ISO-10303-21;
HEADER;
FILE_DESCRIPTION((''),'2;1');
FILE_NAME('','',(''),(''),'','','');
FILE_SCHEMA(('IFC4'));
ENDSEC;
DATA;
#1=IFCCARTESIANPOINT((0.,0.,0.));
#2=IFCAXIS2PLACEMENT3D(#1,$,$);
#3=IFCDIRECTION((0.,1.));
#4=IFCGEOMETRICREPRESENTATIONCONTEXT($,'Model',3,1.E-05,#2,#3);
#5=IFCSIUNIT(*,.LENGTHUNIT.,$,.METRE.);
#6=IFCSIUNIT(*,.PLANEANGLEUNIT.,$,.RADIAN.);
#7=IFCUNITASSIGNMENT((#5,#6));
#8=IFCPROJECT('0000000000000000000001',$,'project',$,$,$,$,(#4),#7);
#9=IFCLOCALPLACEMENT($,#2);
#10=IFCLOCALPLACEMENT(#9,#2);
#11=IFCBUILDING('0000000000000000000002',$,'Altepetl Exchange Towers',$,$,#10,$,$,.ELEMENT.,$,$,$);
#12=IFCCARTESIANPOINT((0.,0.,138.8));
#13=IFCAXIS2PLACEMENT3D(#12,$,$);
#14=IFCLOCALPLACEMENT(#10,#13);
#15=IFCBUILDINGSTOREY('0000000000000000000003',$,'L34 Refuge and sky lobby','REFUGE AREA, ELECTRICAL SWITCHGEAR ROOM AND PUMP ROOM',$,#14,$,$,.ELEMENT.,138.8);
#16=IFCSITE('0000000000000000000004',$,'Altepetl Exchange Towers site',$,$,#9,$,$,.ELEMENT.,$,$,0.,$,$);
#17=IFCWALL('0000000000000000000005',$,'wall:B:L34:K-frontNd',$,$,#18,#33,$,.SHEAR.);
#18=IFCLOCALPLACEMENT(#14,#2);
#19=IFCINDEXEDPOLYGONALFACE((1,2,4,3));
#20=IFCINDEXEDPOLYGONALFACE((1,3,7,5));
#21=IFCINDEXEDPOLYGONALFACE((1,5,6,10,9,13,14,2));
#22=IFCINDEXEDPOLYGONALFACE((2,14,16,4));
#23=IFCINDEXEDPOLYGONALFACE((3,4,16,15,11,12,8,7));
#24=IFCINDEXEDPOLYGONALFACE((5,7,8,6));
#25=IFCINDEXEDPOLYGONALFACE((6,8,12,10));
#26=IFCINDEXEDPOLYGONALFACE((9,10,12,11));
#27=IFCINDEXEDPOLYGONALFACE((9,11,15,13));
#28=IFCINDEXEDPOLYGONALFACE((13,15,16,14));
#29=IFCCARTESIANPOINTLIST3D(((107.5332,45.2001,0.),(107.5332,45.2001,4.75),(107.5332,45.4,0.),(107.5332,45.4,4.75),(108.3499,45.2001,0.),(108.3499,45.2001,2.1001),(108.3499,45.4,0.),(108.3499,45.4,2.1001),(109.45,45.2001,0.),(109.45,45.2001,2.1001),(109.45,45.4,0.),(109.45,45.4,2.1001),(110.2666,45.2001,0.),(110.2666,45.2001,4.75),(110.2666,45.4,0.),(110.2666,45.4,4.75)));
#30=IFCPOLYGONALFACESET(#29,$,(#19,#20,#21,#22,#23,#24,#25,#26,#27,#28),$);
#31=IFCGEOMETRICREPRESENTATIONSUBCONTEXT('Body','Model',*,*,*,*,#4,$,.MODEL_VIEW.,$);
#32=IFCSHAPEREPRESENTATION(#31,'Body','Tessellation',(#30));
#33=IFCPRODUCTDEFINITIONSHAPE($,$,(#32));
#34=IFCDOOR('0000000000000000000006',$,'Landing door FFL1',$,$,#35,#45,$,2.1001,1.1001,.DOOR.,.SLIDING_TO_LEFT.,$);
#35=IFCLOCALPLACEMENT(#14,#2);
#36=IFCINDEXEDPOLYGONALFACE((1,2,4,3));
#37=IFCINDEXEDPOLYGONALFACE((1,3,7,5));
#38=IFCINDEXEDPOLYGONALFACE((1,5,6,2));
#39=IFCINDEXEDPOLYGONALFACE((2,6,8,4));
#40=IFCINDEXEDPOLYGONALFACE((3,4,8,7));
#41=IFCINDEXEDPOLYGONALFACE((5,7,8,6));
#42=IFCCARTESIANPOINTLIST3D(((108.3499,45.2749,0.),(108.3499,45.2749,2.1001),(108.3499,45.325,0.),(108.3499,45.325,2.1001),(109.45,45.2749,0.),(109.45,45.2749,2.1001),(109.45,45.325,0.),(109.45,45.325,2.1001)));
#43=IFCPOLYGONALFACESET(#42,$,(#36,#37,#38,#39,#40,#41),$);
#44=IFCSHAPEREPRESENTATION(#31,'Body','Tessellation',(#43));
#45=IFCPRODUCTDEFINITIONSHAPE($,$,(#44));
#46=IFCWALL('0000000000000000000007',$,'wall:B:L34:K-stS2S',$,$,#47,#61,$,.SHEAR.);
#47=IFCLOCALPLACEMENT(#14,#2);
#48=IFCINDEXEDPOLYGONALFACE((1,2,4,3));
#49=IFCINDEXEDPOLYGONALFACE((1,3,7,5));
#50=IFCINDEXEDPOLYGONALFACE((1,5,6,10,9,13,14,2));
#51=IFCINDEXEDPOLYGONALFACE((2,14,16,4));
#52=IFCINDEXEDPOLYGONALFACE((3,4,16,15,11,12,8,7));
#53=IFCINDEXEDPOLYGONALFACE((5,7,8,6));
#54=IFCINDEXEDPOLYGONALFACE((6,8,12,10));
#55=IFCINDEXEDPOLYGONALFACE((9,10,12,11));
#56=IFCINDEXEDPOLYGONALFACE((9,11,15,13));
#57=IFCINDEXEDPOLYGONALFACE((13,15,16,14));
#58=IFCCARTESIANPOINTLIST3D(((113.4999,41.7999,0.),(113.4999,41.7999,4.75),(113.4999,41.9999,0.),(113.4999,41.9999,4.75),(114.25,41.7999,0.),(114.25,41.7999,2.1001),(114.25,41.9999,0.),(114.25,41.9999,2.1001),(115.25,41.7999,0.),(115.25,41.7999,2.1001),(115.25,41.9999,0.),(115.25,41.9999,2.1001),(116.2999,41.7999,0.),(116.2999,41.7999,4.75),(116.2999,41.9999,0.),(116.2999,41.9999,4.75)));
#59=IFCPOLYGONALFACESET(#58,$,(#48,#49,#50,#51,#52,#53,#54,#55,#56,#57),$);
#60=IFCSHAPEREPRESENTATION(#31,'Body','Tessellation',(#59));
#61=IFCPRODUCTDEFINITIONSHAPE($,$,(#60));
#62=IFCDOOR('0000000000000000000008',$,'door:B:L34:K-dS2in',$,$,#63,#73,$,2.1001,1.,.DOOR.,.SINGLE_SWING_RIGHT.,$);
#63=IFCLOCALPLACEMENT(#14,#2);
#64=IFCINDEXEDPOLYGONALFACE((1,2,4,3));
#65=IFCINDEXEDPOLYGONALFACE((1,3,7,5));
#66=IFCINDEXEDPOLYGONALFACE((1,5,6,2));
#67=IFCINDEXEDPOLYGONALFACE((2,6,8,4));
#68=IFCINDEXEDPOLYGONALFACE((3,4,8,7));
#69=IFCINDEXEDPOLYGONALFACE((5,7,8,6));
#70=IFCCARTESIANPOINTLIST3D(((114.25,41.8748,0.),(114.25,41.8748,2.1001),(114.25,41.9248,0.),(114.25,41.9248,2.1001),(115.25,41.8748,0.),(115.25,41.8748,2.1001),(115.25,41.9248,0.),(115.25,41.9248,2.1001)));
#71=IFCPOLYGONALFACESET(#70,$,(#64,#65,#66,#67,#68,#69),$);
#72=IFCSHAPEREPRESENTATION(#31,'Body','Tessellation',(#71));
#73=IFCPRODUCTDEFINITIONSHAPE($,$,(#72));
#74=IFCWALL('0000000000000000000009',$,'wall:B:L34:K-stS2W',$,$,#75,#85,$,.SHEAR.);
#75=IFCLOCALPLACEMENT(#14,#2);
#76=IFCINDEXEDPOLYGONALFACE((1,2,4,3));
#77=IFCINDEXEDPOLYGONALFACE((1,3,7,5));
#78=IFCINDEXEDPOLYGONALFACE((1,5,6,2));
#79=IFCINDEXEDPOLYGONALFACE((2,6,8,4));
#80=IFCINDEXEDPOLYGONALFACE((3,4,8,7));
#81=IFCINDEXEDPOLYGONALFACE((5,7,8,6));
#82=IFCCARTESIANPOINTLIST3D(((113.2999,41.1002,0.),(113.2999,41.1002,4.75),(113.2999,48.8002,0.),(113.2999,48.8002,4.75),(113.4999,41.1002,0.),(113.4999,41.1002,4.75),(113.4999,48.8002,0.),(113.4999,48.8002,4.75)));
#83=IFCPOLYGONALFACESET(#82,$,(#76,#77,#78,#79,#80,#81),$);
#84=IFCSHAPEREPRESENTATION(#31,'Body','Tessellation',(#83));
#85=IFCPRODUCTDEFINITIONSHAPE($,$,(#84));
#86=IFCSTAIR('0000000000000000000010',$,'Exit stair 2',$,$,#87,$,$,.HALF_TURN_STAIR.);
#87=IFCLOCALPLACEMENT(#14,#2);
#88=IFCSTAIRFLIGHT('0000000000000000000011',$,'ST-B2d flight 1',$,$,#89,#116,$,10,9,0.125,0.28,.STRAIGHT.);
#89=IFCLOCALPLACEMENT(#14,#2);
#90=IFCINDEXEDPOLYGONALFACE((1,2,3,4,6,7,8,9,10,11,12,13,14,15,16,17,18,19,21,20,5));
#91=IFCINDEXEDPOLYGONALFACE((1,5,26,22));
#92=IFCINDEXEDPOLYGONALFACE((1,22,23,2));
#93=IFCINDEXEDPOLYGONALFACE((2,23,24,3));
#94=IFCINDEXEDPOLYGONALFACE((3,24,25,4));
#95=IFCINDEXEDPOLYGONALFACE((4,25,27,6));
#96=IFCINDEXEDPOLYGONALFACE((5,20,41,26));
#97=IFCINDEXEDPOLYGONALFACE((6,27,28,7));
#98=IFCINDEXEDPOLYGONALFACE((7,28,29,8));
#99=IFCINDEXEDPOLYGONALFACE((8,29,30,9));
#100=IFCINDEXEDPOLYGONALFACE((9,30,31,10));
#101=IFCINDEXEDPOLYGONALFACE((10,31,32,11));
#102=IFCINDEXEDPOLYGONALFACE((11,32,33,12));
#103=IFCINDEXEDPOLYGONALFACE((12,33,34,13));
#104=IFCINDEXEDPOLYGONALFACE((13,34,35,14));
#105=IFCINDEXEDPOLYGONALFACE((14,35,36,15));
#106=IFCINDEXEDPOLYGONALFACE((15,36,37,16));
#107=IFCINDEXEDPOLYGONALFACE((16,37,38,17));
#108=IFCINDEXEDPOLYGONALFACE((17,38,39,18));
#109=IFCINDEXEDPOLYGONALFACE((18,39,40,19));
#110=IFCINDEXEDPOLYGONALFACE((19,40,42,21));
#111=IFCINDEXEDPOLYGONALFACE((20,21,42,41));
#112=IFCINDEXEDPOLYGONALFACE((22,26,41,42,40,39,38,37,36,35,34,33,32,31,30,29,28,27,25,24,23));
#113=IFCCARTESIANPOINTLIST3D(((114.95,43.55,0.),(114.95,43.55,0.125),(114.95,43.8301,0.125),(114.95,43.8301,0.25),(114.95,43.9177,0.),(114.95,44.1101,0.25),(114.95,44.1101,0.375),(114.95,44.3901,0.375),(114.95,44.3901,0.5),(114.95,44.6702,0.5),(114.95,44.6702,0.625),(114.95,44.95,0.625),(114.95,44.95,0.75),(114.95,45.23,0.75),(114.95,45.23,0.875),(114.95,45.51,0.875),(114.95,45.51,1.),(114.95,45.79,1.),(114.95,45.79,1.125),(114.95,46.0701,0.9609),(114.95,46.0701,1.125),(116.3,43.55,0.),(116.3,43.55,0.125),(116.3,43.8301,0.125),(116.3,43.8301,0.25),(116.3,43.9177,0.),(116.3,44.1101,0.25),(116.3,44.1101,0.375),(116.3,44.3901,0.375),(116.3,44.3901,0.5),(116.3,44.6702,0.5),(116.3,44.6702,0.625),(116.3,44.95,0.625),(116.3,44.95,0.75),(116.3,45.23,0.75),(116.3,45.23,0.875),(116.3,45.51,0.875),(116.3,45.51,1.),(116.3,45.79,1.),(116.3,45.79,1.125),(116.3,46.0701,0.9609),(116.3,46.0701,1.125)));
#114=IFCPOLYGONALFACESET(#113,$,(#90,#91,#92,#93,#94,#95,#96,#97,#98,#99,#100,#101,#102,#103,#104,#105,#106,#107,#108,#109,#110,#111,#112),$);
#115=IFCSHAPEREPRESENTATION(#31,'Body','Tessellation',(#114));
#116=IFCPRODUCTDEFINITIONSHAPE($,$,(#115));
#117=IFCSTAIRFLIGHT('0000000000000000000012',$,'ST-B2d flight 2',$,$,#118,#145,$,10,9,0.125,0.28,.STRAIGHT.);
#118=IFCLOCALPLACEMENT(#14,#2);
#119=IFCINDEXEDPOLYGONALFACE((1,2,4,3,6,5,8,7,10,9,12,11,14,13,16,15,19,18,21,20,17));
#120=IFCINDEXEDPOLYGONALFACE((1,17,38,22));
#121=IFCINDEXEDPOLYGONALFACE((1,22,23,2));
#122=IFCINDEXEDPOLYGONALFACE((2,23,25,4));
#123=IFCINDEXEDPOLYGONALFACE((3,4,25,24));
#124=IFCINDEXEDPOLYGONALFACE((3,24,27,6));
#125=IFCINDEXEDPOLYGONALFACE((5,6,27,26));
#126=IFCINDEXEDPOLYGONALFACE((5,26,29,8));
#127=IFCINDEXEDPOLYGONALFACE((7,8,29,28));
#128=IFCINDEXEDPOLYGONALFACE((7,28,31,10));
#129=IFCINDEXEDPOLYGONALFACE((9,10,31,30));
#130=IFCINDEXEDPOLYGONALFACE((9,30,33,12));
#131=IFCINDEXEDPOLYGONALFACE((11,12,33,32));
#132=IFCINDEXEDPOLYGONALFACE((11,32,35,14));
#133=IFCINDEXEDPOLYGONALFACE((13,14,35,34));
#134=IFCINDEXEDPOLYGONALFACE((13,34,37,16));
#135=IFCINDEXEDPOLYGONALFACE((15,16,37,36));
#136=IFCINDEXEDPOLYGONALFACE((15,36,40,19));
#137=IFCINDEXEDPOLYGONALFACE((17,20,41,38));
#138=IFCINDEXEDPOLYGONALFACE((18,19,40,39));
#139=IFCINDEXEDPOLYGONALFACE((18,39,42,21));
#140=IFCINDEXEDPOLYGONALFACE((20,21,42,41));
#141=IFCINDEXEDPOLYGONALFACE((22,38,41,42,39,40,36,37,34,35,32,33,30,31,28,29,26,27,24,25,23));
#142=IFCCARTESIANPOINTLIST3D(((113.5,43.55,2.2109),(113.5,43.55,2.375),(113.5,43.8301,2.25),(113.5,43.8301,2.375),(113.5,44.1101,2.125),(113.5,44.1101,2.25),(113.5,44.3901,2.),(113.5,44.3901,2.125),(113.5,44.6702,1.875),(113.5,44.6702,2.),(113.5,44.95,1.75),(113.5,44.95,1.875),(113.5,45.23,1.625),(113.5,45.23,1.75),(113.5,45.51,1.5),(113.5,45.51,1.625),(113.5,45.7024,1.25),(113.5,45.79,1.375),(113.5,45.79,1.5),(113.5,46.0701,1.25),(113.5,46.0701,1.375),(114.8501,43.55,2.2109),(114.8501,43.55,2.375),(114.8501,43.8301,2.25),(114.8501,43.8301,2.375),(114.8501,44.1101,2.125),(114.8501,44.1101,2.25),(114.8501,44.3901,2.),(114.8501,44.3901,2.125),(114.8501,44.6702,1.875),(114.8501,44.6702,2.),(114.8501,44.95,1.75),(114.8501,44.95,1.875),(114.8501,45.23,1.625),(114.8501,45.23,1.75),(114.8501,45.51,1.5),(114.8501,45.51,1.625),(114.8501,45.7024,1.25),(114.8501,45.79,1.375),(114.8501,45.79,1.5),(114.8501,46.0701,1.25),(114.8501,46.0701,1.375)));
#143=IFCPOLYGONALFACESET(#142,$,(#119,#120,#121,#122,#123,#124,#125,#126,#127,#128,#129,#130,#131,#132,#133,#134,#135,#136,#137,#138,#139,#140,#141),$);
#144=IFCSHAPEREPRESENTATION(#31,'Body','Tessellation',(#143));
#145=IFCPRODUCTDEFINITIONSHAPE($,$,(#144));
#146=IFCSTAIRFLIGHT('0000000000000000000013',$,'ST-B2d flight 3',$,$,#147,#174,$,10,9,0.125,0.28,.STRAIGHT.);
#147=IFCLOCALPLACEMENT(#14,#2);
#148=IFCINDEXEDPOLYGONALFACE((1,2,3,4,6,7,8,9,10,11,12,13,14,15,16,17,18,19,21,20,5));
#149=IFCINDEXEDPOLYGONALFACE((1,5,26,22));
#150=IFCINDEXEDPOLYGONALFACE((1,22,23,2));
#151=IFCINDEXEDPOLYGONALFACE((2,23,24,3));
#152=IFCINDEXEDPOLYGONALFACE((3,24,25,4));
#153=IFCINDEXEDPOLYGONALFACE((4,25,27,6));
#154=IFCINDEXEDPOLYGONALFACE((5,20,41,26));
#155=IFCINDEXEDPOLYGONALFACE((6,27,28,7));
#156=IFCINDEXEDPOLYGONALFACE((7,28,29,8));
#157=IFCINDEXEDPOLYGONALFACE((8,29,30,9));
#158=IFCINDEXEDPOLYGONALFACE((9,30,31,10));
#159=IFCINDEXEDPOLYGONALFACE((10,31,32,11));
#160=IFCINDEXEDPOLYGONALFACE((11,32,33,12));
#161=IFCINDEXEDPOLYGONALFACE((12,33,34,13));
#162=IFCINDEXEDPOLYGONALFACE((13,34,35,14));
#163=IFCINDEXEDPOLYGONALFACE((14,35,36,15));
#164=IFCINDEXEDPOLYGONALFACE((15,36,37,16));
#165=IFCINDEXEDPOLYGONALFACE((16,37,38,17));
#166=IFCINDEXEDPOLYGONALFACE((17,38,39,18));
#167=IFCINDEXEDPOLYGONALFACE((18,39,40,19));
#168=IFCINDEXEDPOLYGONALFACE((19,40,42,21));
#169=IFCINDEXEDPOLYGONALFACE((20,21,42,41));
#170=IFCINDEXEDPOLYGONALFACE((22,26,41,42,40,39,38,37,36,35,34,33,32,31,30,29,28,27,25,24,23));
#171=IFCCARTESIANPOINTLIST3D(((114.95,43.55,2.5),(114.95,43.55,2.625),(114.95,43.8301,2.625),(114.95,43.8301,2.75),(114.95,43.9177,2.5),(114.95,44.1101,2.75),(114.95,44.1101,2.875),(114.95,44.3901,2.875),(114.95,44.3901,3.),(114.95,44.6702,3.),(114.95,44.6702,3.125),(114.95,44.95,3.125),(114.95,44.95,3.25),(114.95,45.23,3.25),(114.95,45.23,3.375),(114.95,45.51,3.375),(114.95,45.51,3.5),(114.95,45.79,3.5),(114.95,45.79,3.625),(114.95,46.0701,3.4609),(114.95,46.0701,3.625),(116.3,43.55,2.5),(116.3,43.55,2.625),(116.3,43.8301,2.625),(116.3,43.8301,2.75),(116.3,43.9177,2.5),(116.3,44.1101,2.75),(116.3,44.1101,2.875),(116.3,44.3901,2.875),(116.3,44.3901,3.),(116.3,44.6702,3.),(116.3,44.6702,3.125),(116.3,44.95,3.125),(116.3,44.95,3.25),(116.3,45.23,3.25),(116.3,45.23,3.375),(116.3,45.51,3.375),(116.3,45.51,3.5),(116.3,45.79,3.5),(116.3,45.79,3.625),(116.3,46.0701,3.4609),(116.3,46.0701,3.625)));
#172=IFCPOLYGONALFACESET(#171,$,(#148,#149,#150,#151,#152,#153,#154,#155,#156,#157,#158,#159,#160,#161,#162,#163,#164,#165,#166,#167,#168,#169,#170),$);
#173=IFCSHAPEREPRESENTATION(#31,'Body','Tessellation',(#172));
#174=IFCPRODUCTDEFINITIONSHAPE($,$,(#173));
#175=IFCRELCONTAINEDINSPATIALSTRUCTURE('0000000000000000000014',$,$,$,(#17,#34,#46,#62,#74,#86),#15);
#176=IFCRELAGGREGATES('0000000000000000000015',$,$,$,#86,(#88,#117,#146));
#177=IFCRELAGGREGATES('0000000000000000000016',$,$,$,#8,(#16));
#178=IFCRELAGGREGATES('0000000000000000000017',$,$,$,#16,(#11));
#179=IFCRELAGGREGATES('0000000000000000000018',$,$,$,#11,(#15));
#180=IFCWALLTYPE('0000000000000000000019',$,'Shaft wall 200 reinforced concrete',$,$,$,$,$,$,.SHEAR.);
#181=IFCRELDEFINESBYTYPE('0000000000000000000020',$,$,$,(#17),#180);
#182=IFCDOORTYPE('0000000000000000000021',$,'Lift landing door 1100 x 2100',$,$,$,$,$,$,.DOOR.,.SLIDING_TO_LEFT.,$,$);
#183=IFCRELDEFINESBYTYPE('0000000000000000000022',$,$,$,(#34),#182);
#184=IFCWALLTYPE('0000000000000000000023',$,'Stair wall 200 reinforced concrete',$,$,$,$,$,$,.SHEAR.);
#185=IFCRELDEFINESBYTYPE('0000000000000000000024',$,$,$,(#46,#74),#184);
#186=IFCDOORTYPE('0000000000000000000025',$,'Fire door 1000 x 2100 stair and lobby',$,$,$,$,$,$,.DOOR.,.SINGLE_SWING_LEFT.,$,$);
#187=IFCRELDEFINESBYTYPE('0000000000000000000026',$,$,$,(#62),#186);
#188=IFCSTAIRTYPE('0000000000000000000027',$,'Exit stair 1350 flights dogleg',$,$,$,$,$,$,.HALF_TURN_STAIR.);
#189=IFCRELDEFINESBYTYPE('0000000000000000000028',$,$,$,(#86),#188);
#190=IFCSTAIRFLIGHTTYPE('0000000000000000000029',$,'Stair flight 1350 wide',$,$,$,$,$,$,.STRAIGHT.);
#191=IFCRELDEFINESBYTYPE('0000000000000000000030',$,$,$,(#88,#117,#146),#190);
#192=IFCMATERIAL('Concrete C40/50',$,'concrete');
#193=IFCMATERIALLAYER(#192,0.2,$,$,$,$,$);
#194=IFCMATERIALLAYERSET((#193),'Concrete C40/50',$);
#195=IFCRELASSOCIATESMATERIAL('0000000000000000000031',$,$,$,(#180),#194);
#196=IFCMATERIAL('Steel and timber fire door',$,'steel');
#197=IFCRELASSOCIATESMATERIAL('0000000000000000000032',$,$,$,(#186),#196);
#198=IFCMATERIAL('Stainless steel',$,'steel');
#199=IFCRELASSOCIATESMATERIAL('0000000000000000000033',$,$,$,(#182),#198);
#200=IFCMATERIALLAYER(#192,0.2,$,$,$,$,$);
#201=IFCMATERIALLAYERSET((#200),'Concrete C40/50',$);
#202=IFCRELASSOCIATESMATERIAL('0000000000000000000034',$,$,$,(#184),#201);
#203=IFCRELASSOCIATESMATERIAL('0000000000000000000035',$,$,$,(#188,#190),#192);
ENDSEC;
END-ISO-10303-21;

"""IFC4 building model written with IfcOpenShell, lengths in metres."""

from ifc_helpers import new_model, si_unit, direction, frame, frame_2d, origin, place, context, subcontext, project, spatial, polyline, rectangle, outline, extrude, material, layer, layer_set, type_object, element, fill, aggregate, save


model = new_model("IFC4")

# Units and contexts
model_context = context("Model", 3, precision=1e-05, world=origin(), true_north=direction((0.0, 1.0)))
body_context = subcontext(model_context, "Body", "Model", "MODEL_VIEW")
ifc_project = project(units=[si_unit("LENGTHUNIT", "METRE"), si_unit("PLANEANGLEUNIT", "RADIAN")], contexts=[model_context])

# Site, building, storey
site_placement = place(None, origin())
site = spatial("IfcSite", under=ifc_project, at=site_placement, Name="Altepetl Exchange Towers site", CompositionType="ELEMENT", RefElevation=0.0)
building_placement = place(site_placement, origin())
building = spatial("IfcBuilding", under=site, at=building_placement, Name="Altepetl Exchange Towers", CompositionType="ELEMENT")
storey_placement = place(building_placement, frame((0.0, 0.0, 138.8)))
storey = spatial("IfcBuildingStorey", under=building, at=storey_placement, Name="L34 Refuge and sky lobby", Description="REFUGE AREA, ELECTRICAL SWITCHGEAR ROOM AND PUMP ROOM", CompositionType="ELEMENT", Elevation=138.8)

# Shared definitions
ifc_material_1 = material(Name="Concrete C40/50", Category="concrete")
ifc_layer_1 = layer(ifc_material_1, 0.2)
ifc_layer_set_1 = layer_set([ifc_layer_1], Name="Concrete C40/50")
wall_type_1 = type_object("IfcWallType", Name="Shaft wall 200 reinforced concrete", PredefinedType="SHEAR", material=ifc_layer_set_1)

# Walls, openings, doors
ifc_material_2 = material(Name="Steel and timber fire door", Category="steel")
door_type_1 = type_object("IfcDoorType", Name="Fire door 1000 x 2100 stair and lobby", OperationType="SINGLE_SWING_LEFT", PredefinedType="DOOR", material=ifc_material_2)
ifc_material_3 = material(Name="Stainless steel", Category="steel")
wall_1_placement = place(storey_placement, frame((107.5332, 45.3, 0.0)))
wall_1 = element("IfcWall", 1, at=wall_1_placement, inside=storey, type_object=wall_type_1, Name="wall:B:L34:K-frontNd", PredefinedType="SHEAR", context=body_context, shape_type="SweptSolid", body=[
    extrude(rectangle(XDim=2.7334, YDim=0.2, at=frame_2d((1.3667, 0.0))), origin(), (0.0, 0.0, 1.0), 4.75),
])
opening_1_placement = place(wall_1_placement, frame((0.8167, 0.0, 0.0)))
opening_1 = element("IfcOpeningElement", 2, at=opening_1_placement, cuts=wall_1, PredefinedType="OPENING", context=body_context, shape_type="SweptSolid", body=[
    extrude(rectangle(XDim=1.1001, YDim=2.1001, at=frame_2d((0.55, 1.05))), frame((0.0, 0.1099, 0.0), z_axis=(0.0, -1.0, 0.0), x_axis=(1.0, 0.0, 0.0)), (0.0, 0.0, 1.0), 0.22),
])
door_type_2 = type_object("IfcDoorType", Name="Lift landing door 1100 x 2100", OperationType="SLIDING_TO_LEFT", PredefinedType="DOOR", material=ifc_material_3)
door_1_placement = place(opening_1_placement, origin())
door_1 = element("IfcDoor", 3, at=door_1_placement, inside=storey, type_object=door_type_2, Name="Landing door FFL1", OperationType="SLIDING_TO_LEFT", OverallHeight=2.1001, OverallWidth=1.1001, PredefinedType="DOOR", context=body_context, shape_type="SweptSolid", body=[
    extrude(rectangle(XDim=1.1001, YDim=2.1001, at=frame_2d((0.55, 1.05))), frame((0.0, 0.0249, 0.0), z_axis=(0.0, -1.0, 0.0), x_axis=(1.0, 0.0, 0.0)), (0.0, 0.0, 1.0), 0.05),
])
fill(opening_1, door_1)
ifc_layer_2 = layer(ifc_material_1, 0.2)
ifc_layer_set_2 = layer_set([ifc_layer_2], Name="Concrete C40/50")
wall_type_2 = type_object("IfcWallType", Name="Stair wall 200 reinforced concrete", PredefinedType="SHEAR", material=ifc_layer_set_2)
wall_2_placement = place(storey_placement, frame((113.5, 41.8999, 0.0)))
wall_2 = element("IfcWall", 4, at=wall_2_placement, inside=storey, type_object=wall_type_2, Name="wall:B:L34:K-stS2S", PredefinedType="SHEAR", context=body_context, shape_type="SweptSolid", body=[
    extrude(rectangle(XDim=2.8, YDim=0.2, at=frame_2d((1.3999, 0.0))), origin(), (0.0, 0.0, 1.0), 4.75),
])
opening_2_placement = place(wall_2_placement, frame((0.75, 0.0, 0.0)))
opening_2 = element("IfcOpeningElement", 5, at=opening_2_placement, cuts=wall_2, PredefinedType="OPENING", context=body_context, shape_type="SweptSolid", body=[
    extrude(rectangle(XDim=1.0, YDim=2.1001, at=frame_2d((0.5, 1.05))), frame((0.0, 0.1099, 0.0), z_axis=(0.0, -1.0, 0.0), x_axis=(1.0, 0.0, 0.0)), (0.0, 0.0, 1.0), 0.22),
])
door_2_placement = place(opening_2_placement, origin())
door_2 = element("IfcDoor", 6, at=door_2_placement, inside=storey, type_object=door_type_1, Name="door:B:L34:K-dS2in", OperationType="SINGLE_SWING_RIGHT", OverallHeight=2.1001, OverallWidth=1.0, PredefinedType="DOOR", context=body_context, shape_type="SweptSolid", body=[
    extrude(rectangle(XDim=1.0, YDim=2.1001, at=frame_2d((0.5, 1.05))), frame((0.0, 0.0249, 0.0), z_axis=(0.0, -1.0, 0.0), x_axis=(1.0, 0.0, 0.0)), (0.0, 0.0, 1.0), 0.05),
])
fill(opening_2, door_2)

# Wall
wall_3_placement = place(storey_placement, frame((113.3999, 41.1001, 0.0), z_axis=(0.0, 0.0, 1.0), x_axis=(0.0, 1.0, 0.0)))
element("IfcWall", 7, at=wall_3_placement, inside=storey, type_object=wall_type_2, Name="wall:B:L34:K-stS2W", PredefinedType="SHEAR", context=body_context, shape_type="SweptSolid", body=[
    extrude(rectangle(XDim=7.7, YDim=0.2, at=frame_2d((3.8501, 0.0))), origin(), (0.0, 0.0, 1.0), 4.75),
])

# Stair, stair flights
stair_type = type_object("IfcStairType", Name="Exit stair 1350 flights dogleg", PredefinedType="HALF_TURN_STAIR", material=ifc_material_1)
stair_placement = place(storey_placement, origin())
stair = element("IfcStair", 8, at=stair_placement, inside=storey, type_object=stair_type, Name="Exit stair 2", PredefinedType="HALF_TURN_STAIR")
stair_flight_type = type_object("IfcStairFlightType", Name="Stair flight 1350 wide", PredefinedType="STRAIGHT", material=ifc_material_1)
stair_flight_1_placement = place(storey_placement, frame((115.625, 43.55, 0.0), z_axis=(0.0, 0.0, 1.0), x_axis=(0.0, 1.0, 0.0)))
stair_flight_1 = element("IfcStairFlight", 9, at=stair_flight_1_placement, type_object=stair_flight_type, Name="ST-B2d flight 1", NumberOfRisers=10, NumberOfTreads=9, PredefinedType="STRAIGHT", RiserHeight=0.125, TreadLength=0.28, context=body_context, shape_type="SweptSolid", body=[
    extrude(outline(polyline([(0.0, 0.0), (0.0, 0.125), (0.28, 0.125), (0.28, 0.25), (0.5601, 0.25), (0.5601, 0.375), (0.8401, 0.375), (0.8401, 0.5), (1.1201, 0.5), (1.1201, 0.625), (1.3999, 0.625), (1.3999, 0.75), (1.6799, 0.75), (1.6799, 0.875), (1.96, 0.875), (1.96, 1.0), (2.24, 1.0), (2.24, 1.125), (2.52, 1.125), (2.52, 1.25), (2.52, 0.9609), (0.3677, 0.0), (0.0, 0.0)])), frame((0.0, 0.675, 0.0), z_axis=(0.0, -1.0, 0.0), x_axis=(1.0, 0.0, 0.0)), (0.0, 0.0, 1.0), 1.3501),
])
stair_flight_2_placement = place(storey_placement, frame((114.175, 46.0701, 1.25), z_axis=(0.0, 0.0, 1.0), x_axis=(0.0, -1.0, 0.0)))
stair_flight_2 = element("IfcStairFlight", 10, at=stair_flight_2_placement, type_object=stair_flight_type, Name="ST-B2d flight 2", NumberOfRisers=10, NumberOfTreads=9, PredefinedType="STRAIGHT", RiserHeight=0.125, TreadLength=0.28, context=body_context, shape_type="SweptSolid", body=[
    extrude(outline(polyline([(0.0, 0.0), (0.0, 0.125), (0.28, 0.125), (0.28, 0.25), (0.5601, 0.25), (0.5601, 0.375), (0.8401, 0.375), (0.8401, 0.5), (1.1201, 0.5), (1.1201, 0.625), (1.3999, 0.625), (1.3999, 0.75), (1.6799, 0.75), (1.6799, 0.875), (1.96, 0.875), (1.96, 1.0), (2.24, 1.0), (2.24, 1.125), (2.52, 1.125), (2.52, 1.25), (2.52, 0.9609), (0.3677, 0.0), (0.0, 0.0)])), frame((0.0, 0.675, 0.0), z_axis=(0.0, -1.0, 0.0), x_axis=(1.0, 0.0, 0.0)), (0.0, 0.0, 1.0), 1.3501),
])
stair_flight_3_placement = place(storey_placement, frame((115.625, 43.55, 2.5), z_axis=(0.0, 0.0, 1.0), x_axis=(0.0, 1.0, 0.0)))
stair_flight_3 = element("IfcStairFlight", 11, at=stair_flight_3_placement, type_object=stair_flight_type, Name="ST-B2d flight 3", NumberOfRisers=10, NumberOfTreads=9, PredefinedType="STRAIGHT", RiserHeight=0.125, TreadLength=0.28, context=body_context, shape_type="SweptSolid", body=[
    extrude(outline(polyline([(0.0, 0.0), (0.0, 0.125), (0.28, 0.125), (0.28, 0.25), (0.5601, 0.25), (0.5601, 0.375), (0.8401, 0.375), (0.8401, 0.5), (1.1201, 0.5), (1.1201, 0.625), (1.3999, 0.625), (1.3999, 0.75), (1.6799, 0.75), (1.6799, 0.875), (1.96, 0.875), (1.96, 1.0), (2.24, 1.0), (2.24, 1.125), (2.52, 1.125), (2.52, 1.25), (2.52, 0.9609), (0.3677, 0.0), (0.0, 0.0)])), frame((0.0, 0.675, 0.0), z_axis=(0.0, -1.0, 0.0), x_axis=(1.0, 0.0, 0.0)), (0.0, 0.0, 1.0), 1.3501),
])
aggregate(stair, [stair_flight_1, stair_flight_2, stair_flight_3])

save(model, "model.ifc")
